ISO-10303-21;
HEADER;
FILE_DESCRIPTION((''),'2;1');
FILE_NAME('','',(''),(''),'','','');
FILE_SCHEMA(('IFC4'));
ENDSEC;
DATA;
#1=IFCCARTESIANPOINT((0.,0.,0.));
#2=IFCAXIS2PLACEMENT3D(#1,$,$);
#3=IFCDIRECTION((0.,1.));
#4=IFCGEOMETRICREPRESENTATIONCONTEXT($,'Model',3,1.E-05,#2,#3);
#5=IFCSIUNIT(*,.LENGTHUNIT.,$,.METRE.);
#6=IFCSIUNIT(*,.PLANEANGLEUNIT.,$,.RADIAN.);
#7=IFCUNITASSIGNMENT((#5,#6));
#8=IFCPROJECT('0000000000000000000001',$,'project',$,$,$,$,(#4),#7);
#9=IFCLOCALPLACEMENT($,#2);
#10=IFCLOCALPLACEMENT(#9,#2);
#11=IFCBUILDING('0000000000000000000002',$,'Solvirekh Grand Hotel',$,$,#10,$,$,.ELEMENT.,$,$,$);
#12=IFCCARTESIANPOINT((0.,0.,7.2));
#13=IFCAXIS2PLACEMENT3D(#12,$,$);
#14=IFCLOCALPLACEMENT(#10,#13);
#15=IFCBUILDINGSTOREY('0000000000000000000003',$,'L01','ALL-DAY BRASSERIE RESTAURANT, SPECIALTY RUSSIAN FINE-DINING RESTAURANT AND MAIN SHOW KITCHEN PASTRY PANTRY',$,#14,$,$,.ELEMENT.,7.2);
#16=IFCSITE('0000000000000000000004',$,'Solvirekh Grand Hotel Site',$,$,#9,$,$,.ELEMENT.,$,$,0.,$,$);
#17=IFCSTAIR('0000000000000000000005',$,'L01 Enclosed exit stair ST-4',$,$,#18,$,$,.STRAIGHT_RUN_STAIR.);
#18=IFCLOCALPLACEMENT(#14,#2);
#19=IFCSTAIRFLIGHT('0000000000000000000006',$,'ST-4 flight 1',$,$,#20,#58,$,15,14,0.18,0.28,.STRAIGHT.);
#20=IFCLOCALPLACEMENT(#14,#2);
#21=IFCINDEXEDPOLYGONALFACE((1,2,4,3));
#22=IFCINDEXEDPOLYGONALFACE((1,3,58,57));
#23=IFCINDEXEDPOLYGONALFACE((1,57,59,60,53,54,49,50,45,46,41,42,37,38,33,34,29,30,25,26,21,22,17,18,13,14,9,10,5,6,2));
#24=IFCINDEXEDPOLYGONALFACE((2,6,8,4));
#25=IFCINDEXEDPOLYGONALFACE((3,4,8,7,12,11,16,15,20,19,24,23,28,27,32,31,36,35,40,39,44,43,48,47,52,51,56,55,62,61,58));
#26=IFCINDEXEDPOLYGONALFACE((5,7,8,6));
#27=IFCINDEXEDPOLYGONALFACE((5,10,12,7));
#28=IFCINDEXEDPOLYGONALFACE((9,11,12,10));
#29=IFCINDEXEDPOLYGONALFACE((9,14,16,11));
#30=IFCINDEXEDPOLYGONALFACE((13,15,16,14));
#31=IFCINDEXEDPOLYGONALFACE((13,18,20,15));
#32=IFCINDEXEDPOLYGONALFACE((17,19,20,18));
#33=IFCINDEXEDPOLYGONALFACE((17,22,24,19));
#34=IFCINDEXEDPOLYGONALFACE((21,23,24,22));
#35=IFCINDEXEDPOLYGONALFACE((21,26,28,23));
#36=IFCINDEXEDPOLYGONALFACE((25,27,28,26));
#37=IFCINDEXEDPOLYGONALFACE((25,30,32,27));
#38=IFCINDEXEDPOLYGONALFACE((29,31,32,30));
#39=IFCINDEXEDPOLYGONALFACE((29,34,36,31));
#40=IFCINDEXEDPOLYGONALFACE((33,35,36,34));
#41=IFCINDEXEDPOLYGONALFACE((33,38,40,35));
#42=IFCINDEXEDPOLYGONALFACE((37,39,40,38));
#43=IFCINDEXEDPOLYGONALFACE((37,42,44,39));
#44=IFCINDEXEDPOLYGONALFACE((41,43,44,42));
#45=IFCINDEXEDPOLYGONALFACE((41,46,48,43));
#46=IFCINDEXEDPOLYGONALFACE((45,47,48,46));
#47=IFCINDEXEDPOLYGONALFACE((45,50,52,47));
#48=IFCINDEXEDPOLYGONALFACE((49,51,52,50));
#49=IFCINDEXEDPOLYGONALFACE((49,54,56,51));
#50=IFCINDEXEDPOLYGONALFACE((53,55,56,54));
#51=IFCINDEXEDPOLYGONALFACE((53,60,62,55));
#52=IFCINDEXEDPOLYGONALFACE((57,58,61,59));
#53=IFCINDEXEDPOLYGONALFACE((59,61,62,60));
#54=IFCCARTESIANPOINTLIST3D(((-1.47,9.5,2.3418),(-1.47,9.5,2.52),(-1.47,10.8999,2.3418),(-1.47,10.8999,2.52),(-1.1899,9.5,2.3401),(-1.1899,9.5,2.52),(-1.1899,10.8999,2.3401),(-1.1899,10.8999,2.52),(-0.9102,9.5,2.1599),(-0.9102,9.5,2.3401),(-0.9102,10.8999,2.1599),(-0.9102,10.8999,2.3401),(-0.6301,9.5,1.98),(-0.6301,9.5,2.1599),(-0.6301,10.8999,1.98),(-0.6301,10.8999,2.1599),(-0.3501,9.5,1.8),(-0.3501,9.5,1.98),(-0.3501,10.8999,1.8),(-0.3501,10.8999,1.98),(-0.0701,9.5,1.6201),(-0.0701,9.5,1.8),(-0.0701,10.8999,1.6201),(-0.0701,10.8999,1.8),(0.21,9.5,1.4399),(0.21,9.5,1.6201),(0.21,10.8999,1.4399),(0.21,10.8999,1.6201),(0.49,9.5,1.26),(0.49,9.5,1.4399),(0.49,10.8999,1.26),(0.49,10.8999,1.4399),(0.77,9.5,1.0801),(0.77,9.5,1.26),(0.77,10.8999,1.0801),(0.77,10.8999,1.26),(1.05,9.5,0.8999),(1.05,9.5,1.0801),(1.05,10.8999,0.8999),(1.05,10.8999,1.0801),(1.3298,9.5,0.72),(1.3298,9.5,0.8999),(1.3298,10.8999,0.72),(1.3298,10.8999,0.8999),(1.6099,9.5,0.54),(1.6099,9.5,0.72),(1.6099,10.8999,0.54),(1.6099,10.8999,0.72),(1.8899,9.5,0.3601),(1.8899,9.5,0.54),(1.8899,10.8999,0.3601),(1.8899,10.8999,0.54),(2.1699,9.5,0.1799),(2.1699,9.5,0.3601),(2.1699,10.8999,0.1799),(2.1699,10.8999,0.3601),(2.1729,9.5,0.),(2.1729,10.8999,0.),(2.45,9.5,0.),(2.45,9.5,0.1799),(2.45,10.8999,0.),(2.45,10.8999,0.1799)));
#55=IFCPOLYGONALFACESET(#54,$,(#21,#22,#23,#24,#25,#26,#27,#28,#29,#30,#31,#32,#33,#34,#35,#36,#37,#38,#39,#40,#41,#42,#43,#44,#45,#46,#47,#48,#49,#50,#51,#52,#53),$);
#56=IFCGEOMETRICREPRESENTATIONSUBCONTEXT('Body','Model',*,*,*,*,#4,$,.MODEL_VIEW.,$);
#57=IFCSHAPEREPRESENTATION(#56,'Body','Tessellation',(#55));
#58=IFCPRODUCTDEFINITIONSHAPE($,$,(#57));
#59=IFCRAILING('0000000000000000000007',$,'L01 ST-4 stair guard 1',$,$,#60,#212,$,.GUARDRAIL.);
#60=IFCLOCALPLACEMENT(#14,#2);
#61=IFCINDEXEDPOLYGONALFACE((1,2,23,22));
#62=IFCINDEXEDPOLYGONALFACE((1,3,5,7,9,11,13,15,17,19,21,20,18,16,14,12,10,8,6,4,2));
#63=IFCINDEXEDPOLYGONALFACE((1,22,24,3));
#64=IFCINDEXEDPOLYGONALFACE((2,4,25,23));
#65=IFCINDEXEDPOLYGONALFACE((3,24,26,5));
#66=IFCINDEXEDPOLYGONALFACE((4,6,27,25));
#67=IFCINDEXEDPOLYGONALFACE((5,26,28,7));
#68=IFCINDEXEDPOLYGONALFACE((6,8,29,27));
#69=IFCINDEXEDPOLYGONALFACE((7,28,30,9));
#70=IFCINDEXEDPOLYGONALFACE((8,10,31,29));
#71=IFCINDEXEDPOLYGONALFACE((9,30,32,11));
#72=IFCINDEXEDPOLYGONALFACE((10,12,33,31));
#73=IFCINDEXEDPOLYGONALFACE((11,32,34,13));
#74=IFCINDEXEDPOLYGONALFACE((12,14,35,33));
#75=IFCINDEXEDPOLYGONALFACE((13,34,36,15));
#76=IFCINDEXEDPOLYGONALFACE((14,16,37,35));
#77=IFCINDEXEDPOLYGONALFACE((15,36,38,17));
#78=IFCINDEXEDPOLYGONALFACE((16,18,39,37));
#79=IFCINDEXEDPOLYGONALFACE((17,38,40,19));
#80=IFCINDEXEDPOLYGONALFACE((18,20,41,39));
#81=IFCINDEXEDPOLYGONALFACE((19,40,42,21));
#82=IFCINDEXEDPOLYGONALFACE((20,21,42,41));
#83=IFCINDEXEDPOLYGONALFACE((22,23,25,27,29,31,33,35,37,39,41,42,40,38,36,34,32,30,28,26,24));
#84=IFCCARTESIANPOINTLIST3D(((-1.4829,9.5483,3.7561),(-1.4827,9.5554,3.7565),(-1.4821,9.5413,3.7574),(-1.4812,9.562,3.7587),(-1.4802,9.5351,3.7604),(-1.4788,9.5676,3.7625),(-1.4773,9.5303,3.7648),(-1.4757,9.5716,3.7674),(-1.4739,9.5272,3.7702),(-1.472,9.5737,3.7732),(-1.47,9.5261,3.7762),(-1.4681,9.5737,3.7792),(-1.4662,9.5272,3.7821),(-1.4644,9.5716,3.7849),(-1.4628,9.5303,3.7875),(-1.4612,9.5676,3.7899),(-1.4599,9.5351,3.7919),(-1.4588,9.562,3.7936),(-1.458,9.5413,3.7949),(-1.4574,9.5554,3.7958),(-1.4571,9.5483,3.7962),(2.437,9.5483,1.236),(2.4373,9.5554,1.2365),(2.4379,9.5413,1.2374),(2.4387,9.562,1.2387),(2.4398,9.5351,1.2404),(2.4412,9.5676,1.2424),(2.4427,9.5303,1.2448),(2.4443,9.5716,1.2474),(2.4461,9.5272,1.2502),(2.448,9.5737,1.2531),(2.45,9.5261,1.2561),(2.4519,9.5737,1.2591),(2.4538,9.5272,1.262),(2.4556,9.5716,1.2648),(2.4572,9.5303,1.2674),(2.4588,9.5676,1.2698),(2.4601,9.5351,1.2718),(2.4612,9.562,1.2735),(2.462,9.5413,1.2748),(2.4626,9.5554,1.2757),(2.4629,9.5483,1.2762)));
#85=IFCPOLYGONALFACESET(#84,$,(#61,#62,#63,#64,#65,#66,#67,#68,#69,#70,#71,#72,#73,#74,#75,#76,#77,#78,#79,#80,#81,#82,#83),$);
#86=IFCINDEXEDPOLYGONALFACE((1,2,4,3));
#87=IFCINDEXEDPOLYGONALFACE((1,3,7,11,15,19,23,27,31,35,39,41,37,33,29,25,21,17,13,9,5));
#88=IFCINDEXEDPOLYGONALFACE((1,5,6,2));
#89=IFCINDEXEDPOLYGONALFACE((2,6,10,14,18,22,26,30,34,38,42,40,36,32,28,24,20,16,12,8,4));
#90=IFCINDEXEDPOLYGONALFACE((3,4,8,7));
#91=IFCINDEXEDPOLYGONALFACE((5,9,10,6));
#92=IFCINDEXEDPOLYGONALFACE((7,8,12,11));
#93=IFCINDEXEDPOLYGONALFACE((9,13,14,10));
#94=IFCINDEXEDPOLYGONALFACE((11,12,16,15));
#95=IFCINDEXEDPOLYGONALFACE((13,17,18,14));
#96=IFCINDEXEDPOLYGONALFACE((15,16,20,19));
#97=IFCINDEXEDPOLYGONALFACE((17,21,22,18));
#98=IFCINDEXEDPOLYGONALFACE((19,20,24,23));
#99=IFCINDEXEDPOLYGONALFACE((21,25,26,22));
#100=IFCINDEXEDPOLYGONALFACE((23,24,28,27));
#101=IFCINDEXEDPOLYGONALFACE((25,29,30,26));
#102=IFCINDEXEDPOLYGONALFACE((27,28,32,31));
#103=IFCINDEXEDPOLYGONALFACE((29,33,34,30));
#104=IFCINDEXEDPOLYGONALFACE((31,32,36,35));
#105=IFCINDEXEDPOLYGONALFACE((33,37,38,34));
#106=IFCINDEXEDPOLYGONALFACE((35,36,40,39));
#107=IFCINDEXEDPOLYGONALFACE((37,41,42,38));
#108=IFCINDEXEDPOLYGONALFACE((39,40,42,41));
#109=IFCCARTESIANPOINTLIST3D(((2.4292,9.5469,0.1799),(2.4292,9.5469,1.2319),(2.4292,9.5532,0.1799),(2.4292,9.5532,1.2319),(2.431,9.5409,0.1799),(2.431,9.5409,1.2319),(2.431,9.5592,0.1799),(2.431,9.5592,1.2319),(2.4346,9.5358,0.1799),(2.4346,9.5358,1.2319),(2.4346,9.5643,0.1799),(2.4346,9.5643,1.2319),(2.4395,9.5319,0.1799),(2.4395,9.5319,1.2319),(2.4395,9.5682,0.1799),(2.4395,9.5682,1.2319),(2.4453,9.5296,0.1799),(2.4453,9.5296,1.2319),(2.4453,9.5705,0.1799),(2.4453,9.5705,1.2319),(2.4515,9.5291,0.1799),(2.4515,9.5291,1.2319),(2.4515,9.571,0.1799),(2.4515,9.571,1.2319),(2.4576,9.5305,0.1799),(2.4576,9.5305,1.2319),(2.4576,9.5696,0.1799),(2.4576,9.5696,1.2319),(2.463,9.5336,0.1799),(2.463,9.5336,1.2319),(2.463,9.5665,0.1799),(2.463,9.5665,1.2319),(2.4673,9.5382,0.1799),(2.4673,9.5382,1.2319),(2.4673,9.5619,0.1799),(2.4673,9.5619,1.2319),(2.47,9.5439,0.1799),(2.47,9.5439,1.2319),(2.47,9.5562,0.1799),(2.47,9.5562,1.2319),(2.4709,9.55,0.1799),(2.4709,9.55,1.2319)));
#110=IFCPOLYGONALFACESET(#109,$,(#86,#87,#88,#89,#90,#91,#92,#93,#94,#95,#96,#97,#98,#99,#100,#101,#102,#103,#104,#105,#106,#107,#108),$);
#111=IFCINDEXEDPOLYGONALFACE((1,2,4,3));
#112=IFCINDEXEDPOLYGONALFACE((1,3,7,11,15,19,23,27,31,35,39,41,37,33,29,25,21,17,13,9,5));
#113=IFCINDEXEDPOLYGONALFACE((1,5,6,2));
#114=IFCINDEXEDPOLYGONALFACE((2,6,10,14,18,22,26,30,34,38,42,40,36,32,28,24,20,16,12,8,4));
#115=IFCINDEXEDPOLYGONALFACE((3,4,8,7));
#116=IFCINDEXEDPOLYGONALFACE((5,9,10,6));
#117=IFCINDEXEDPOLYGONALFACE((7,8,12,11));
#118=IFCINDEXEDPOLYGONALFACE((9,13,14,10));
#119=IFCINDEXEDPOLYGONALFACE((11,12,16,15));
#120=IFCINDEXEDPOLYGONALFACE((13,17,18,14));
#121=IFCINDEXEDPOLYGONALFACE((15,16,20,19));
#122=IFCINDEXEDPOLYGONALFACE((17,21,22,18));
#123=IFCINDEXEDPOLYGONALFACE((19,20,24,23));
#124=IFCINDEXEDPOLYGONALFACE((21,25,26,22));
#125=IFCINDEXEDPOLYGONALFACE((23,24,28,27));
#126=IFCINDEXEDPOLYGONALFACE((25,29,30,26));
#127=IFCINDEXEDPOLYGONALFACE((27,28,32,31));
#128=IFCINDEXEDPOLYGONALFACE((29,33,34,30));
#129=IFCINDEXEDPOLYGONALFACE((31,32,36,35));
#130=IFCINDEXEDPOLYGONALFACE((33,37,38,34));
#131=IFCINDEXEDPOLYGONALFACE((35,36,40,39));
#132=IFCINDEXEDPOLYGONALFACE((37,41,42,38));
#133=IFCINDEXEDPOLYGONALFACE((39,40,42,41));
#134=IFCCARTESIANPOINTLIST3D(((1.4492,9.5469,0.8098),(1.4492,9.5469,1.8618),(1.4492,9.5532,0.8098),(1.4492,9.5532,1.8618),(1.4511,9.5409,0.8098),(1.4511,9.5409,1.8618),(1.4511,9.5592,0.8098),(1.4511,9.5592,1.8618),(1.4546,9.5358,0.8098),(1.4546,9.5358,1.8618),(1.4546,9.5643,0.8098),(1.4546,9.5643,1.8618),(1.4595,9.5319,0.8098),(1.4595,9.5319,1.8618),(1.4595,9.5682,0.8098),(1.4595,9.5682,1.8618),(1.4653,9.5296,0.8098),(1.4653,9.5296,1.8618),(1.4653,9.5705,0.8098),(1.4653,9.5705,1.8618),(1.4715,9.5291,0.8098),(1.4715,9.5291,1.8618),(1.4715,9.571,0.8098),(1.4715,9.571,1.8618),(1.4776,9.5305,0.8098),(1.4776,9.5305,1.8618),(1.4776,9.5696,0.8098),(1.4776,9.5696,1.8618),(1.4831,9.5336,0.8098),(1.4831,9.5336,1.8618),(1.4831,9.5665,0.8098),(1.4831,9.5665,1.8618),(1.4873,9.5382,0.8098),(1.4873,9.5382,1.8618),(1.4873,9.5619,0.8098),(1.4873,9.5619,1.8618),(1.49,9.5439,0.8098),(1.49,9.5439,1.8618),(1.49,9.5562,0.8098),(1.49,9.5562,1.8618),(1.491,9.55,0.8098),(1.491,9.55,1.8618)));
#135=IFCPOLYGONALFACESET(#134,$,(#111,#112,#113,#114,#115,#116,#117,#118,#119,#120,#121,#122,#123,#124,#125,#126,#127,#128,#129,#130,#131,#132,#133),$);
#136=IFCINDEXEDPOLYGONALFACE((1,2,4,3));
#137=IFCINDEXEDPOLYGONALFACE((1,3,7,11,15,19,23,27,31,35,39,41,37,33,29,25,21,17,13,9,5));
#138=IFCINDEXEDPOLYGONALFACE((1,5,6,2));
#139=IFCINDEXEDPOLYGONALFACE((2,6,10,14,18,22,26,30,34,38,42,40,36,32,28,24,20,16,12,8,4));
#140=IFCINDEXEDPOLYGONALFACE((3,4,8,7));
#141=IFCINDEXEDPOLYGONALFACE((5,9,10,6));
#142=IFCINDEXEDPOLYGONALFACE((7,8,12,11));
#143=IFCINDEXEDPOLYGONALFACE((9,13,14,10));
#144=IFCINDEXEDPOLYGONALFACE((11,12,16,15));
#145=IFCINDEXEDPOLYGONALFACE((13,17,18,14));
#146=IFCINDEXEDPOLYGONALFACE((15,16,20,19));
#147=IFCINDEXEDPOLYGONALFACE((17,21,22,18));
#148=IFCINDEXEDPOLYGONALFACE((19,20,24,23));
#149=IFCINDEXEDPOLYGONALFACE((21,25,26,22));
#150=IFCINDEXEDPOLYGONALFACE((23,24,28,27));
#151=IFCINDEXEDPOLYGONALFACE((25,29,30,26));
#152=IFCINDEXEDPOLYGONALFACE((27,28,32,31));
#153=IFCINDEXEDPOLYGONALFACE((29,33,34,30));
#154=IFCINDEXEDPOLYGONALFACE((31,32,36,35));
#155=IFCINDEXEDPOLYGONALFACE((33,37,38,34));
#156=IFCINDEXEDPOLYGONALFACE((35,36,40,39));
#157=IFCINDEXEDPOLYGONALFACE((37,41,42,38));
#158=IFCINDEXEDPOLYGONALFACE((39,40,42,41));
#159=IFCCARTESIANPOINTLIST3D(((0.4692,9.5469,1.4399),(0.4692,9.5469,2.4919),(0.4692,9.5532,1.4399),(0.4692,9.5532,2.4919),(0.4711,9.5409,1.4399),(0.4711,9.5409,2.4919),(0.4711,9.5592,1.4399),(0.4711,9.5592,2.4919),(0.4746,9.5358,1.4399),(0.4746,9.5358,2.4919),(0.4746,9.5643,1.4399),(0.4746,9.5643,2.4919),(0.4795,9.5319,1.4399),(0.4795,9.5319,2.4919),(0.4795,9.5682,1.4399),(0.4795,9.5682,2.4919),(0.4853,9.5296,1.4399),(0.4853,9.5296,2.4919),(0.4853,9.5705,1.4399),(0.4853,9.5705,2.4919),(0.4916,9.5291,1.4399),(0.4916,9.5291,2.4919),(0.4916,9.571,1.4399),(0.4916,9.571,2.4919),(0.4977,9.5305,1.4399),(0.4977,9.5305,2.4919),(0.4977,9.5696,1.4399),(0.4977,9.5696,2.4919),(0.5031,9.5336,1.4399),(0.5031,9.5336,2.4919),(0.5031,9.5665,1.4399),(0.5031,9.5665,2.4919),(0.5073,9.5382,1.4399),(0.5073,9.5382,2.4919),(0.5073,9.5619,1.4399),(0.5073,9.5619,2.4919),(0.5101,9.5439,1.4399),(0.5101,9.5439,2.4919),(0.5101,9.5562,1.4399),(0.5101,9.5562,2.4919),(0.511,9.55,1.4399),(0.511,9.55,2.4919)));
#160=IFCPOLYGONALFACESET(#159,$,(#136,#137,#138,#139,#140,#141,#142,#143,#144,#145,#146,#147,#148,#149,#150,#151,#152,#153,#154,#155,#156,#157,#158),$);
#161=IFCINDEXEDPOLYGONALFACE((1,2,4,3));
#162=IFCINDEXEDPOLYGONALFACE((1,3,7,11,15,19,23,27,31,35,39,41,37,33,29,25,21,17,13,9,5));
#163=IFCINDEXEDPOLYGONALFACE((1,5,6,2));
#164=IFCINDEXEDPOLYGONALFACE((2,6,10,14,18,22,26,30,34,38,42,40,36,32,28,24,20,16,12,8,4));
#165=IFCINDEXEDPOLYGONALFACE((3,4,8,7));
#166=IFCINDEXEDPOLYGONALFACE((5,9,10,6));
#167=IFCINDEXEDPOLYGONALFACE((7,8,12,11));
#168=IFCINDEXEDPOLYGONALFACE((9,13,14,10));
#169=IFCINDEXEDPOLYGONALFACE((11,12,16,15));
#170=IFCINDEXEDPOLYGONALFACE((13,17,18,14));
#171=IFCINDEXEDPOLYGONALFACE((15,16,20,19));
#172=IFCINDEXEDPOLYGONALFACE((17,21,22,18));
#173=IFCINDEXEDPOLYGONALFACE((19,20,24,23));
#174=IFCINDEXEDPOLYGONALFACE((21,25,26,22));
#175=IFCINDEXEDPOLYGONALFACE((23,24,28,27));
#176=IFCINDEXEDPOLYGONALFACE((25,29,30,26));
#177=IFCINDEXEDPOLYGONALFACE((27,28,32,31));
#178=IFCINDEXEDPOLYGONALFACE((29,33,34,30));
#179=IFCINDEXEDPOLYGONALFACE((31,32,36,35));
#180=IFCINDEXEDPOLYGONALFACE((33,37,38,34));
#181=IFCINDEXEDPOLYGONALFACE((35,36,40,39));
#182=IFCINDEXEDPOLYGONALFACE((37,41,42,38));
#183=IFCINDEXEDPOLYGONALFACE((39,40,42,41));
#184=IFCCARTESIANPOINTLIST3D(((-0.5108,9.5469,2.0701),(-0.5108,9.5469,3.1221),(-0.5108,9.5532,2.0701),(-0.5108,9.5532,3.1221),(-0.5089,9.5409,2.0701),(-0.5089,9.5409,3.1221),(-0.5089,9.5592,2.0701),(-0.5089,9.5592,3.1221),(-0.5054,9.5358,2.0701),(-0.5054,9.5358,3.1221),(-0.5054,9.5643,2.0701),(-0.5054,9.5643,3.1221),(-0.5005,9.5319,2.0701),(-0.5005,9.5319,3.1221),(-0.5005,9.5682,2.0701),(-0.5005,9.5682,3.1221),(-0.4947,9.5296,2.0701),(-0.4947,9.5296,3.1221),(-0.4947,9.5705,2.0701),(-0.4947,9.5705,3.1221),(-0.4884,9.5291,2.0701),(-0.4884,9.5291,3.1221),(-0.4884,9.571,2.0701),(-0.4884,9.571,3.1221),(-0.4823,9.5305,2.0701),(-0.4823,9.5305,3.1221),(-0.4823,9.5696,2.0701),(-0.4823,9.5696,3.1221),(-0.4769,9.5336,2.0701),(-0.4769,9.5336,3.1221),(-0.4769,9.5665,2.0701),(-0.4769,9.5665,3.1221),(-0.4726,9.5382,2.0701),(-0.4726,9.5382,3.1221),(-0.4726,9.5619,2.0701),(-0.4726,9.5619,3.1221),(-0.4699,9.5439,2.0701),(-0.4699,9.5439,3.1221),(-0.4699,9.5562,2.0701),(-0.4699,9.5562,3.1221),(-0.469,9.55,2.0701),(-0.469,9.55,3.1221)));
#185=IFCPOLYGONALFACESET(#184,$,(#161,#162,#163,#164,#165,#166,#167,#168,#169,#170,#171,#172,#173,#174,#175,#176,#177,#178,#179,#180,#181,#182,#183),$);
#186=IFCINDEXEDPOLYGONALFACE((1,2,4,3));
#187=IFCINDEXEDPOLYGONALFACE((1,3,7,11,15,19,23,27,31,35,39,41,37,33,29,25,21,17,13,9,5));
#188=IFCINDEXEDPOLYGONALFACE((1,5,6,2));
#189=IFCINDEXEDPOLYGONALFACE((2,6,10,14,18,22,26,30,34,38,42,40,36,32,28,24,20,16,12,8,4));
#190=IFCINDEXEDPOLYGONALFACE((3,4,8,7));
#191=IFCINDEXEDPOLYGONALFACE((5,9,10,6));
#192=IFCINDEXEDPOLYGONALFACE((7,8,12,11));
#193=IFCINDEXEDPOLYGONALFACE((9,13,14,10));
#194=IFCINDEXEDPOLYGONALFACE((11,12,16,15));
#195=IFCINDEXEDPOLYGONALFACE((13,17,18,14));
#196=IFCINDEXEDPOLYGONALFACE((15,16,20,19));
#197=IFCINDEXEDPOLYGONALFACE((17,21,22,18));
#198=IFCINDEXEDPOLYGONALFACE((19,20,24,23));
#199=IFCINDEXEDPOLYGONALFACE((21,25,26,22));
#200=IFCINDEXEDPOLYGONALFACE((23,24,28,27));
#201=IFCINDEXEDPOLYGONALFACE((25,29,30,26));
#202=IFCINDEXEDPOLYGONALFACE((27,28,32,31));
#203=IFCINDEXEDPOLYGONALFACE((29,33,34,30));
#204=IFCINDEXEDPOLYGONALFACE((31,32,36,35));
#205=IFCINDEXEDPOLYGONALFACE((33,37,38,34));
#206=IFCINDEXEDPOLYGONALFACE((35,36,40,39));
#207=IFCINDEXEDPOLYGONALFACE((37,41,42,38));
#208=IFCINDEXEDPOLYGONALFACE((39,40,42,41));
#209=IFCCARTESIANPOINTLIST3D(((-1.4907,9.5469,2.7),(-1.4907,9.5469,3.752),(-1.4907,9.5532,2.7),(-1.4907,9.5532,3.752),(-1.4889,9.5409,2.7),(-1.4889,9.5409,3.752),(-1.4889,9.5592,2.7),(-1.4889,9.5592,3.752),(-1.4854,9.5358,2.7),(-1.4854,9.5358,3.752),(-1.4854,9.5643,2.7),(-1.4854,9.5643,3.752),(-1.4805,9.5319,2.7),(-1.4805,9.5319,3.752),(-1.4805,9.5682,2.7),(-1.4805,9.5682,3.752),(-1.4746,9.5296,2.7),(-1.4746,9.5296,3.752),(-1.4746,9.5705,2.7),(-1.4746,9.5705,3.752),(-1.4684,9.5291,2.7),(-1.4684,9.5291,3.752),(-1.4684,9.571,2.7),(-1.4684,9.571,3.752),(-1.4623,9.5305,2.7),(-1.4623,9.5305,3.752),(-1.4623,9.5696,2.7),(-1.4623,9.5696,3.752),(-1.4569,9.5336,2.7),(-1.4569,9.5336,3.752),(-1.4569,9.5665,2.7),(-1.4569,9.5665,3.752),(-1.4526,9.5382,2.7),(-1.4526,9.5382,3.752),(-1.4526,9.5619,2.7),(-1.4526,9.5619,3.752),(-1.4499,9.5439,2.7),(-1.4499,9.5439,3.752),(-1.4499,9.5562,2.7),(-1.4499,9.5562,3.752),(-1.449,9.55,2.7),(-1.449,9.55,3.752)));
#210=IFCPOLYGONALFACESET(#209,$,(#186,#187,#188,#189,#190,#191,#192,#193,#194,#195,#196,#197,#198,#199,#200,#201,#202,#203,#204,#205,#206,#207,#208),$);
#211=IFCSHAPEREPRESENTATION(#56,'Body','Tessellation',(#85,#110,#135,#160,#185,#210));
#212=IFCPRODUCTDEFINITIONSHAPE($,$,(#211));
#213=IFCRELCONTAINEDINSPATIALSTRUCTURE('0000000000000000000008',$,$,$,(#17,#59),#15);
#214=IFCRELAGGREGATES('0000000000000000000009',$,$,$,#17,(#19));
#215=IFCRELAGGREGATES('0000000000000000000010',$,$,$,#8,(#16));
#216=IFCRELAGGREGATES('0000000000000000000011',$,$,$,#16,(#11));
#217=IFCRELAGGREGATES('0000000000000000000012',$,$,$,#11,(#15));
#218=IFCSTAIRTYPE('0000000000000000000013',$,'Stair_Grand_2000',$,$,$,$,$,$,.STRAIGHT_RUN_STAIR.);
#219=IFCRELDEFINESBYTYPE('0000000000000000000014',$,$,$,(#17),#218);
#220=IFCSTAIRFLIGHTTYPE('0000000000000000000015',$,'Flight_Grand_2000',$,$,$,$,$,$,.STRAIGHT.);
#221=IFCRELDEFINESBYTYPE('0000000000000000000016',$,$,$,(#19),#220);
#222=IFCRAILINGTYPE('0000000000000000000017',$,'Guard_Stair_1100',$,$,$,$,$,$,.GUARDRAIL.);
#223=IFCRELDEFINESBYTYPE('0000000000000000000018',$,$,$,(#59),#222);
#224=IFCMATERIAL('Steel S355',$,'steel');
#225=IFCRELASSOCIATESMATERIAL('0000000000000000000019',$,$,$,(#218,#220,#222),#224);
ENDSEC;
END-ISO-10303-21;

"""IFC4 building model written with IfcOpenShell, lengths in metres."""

from ifc_helpers import new_model, si_unit, direction, frame, origin, origin_2d, place, context, subcontext, project, spatial, polyline, circle, outline, extrude, material, type_object, element, aggregate, save


model = new_model("IFC4")

# Units and contexts
model_context = context("Model", 3, precision=1e-05, world=origin(), true_north=direction((0.0, 1.0)))
body_context = subcontext(model_context, "Body", "Model", "MODEL_VIEW")
ifc_project = project(units=[si_unit("LENGTHUNIT", "METRE"), si_unit("PLANEANGLEUNIT", "RADIAN")], contexts=[model_context])

# Site, building, storey
site_placement = place(None, origin())
site = spatial("IfcSite", under=ifc_project, at=site_placement, Name="Solvirekh Grand Hotel Site", CompositionType="ELEMENT", RefElevation=0.0)
building_placement = place(site_placement, origin())
building = spatial("IfcBuilding", under=site, at=building_placement, Name="Solvirekh Grand Hotel", CompositionType="ELEMENT")
storey_placement = place(building_placement, frame((0.0, 0.0, 7.2)))
storey = spatial("IfcBuildingStorey", under=building, at=storey_placement, Name="L01", Description="ALL-DAY BRASSERIE RESTAURANT, SPECIALTY RUSSIAN FINE-DINING RESTAURANT AND MAIN SHOW KITCHEN PASTRY PANTRY", CompositionType="ELEMENT", Elevation=7.2)

# Shared definitions
ifc_material_1 = material(Name="Steel S355", Category="steel")

# Stair, stair flight
stair_type = type_object("IfcStairType", Name="Stair_Grand_2000", PredefinedType="STRAIGHT_RUN_STAIR", material=ifc_material_1)
stair_placement = place(storey_placement, origin())
stair = element("IfcStair", 1, at=stair_placement, inside=storey, type_object=stair_type, Name="L01 Enclosed exit stair ST-4", PredefinedType="STRAIGHT_RUN_STAIR")
stair_flight_type = type_object("IfcStairFlightType", Name="Flight_Grand_2000", PredefinedType="STRAIGHT", material=ifc_material_1)
stair_flight_placement = place(storey_placement, frame((2.45, 10.2, 0.0), z_axis=(0.0, 0.0, 1.0), x_axis=(-1.0, 0.0, 0.0)))
stair_flight = element("IfcStairFlight", 2, at=stair_flight_placement, type_object=stair_flight_type, Name="ST-4 flight 1", NumberOfRisers=15, NumberOfTreads=14, PredefinedType="STRAIGHT", RiserHeight=0.18, TreadLength=0.28, context=body_context, shape_type="SweptSolid", body=[
    extrude(outline(polyline([(0.0, 0.0), (0.0, 0.1799), (0.28, 0.1799), (0.28, 0.3601), (0.5601, 0.3601), (0.5601, 0.54), (0.8401, 0.54), (0.8401, 0.72), (1.1201, 0.72), (1.1201, 0.8999), (1.3999, 0.8999), (1.3999, 1.0801), (1.6799, 1.0801), (1.6799, 1.26), (1.96, 1.26), (1.96, 1.4399), (2.24, 1.4399), (2.24, 1.6201), (2.52, 1.6201), (2.52, 1.8), (2.8, 1.8), (2.8, 1.98), (3.0801, 1.98), (3.0801, 2.1599), (3.3601, 2.1599), (3.3601, 2.3401), (3.6399, 2.3401), (3.6399, 2.52), (3.9199, 2.52), (3.9199, 2.7), (3.9199, 2.3418), (0.2771, 0.0), (0.0, 0.0)])), frame((0.0, 0.7, 0.0), z_axis=(0.0, -1.0, 0.0), x_axis=(1.0, 0.0, 0.0)), (0.0, 0.0, 1.0), 1.3999),
])
aggregate(stair, [stair_flight])

# Railing
railing_type_1 = type_object("IfcRailingType", Name="Guard_Stair_1100", PredefinedType="GUARDRAIL", material=ifc_material_1)
railing_1_placement = place(storey_placement, frame((2.45, 9.55, 0.1799)))
element("IfcRailing", 3, at=railing_1_placement, inside=storey, type_object=railing_type_1, Name="L01 ST-4 stair guard 1", PredefinedType="GUARDRAIL", context=body_context, shape_type="SweptSolid", body=[
    extrude(circle(Radius=0.0239, at=origin_2d()), frame((0.0, 0.0, 1.0762), z_axis=(-0.841172, 0.0, 0.540768), x_axis=(0.0, -1.0, 0.0)), (0.0, 0.0, 1.0), 4.6602),
    extrude(circle(Radius=0.021, at=origin_2d()), origin(), (0.0, 0.0, 1.0), 1.052),
    extrude(circle(Radius=0.021, at=origin_2d()), frame((-0.98, 0.0, 0.6299)), (0.0, 0.0, 1.0), 1.052),
    extrude(circle(Radius=0.021, at=origin_2d()), frame((-1.96, 0.0, 1.26)), (0.0, 0.0, 1.0), 1.052),
    extrude(circle(Radius=0.021, at=origin_2d()), frame((-2.9399, 0.0, 1.8901)), (0.0, 0.0, 1.0), 1.052),
    extrude(circle(Radius=0.021, at=origin_2d()), frame((-3.9199, 0.0, 2.52)), (0.0, 0.0, 1.0), 1.052),
])

save(model, "model.ifc")
